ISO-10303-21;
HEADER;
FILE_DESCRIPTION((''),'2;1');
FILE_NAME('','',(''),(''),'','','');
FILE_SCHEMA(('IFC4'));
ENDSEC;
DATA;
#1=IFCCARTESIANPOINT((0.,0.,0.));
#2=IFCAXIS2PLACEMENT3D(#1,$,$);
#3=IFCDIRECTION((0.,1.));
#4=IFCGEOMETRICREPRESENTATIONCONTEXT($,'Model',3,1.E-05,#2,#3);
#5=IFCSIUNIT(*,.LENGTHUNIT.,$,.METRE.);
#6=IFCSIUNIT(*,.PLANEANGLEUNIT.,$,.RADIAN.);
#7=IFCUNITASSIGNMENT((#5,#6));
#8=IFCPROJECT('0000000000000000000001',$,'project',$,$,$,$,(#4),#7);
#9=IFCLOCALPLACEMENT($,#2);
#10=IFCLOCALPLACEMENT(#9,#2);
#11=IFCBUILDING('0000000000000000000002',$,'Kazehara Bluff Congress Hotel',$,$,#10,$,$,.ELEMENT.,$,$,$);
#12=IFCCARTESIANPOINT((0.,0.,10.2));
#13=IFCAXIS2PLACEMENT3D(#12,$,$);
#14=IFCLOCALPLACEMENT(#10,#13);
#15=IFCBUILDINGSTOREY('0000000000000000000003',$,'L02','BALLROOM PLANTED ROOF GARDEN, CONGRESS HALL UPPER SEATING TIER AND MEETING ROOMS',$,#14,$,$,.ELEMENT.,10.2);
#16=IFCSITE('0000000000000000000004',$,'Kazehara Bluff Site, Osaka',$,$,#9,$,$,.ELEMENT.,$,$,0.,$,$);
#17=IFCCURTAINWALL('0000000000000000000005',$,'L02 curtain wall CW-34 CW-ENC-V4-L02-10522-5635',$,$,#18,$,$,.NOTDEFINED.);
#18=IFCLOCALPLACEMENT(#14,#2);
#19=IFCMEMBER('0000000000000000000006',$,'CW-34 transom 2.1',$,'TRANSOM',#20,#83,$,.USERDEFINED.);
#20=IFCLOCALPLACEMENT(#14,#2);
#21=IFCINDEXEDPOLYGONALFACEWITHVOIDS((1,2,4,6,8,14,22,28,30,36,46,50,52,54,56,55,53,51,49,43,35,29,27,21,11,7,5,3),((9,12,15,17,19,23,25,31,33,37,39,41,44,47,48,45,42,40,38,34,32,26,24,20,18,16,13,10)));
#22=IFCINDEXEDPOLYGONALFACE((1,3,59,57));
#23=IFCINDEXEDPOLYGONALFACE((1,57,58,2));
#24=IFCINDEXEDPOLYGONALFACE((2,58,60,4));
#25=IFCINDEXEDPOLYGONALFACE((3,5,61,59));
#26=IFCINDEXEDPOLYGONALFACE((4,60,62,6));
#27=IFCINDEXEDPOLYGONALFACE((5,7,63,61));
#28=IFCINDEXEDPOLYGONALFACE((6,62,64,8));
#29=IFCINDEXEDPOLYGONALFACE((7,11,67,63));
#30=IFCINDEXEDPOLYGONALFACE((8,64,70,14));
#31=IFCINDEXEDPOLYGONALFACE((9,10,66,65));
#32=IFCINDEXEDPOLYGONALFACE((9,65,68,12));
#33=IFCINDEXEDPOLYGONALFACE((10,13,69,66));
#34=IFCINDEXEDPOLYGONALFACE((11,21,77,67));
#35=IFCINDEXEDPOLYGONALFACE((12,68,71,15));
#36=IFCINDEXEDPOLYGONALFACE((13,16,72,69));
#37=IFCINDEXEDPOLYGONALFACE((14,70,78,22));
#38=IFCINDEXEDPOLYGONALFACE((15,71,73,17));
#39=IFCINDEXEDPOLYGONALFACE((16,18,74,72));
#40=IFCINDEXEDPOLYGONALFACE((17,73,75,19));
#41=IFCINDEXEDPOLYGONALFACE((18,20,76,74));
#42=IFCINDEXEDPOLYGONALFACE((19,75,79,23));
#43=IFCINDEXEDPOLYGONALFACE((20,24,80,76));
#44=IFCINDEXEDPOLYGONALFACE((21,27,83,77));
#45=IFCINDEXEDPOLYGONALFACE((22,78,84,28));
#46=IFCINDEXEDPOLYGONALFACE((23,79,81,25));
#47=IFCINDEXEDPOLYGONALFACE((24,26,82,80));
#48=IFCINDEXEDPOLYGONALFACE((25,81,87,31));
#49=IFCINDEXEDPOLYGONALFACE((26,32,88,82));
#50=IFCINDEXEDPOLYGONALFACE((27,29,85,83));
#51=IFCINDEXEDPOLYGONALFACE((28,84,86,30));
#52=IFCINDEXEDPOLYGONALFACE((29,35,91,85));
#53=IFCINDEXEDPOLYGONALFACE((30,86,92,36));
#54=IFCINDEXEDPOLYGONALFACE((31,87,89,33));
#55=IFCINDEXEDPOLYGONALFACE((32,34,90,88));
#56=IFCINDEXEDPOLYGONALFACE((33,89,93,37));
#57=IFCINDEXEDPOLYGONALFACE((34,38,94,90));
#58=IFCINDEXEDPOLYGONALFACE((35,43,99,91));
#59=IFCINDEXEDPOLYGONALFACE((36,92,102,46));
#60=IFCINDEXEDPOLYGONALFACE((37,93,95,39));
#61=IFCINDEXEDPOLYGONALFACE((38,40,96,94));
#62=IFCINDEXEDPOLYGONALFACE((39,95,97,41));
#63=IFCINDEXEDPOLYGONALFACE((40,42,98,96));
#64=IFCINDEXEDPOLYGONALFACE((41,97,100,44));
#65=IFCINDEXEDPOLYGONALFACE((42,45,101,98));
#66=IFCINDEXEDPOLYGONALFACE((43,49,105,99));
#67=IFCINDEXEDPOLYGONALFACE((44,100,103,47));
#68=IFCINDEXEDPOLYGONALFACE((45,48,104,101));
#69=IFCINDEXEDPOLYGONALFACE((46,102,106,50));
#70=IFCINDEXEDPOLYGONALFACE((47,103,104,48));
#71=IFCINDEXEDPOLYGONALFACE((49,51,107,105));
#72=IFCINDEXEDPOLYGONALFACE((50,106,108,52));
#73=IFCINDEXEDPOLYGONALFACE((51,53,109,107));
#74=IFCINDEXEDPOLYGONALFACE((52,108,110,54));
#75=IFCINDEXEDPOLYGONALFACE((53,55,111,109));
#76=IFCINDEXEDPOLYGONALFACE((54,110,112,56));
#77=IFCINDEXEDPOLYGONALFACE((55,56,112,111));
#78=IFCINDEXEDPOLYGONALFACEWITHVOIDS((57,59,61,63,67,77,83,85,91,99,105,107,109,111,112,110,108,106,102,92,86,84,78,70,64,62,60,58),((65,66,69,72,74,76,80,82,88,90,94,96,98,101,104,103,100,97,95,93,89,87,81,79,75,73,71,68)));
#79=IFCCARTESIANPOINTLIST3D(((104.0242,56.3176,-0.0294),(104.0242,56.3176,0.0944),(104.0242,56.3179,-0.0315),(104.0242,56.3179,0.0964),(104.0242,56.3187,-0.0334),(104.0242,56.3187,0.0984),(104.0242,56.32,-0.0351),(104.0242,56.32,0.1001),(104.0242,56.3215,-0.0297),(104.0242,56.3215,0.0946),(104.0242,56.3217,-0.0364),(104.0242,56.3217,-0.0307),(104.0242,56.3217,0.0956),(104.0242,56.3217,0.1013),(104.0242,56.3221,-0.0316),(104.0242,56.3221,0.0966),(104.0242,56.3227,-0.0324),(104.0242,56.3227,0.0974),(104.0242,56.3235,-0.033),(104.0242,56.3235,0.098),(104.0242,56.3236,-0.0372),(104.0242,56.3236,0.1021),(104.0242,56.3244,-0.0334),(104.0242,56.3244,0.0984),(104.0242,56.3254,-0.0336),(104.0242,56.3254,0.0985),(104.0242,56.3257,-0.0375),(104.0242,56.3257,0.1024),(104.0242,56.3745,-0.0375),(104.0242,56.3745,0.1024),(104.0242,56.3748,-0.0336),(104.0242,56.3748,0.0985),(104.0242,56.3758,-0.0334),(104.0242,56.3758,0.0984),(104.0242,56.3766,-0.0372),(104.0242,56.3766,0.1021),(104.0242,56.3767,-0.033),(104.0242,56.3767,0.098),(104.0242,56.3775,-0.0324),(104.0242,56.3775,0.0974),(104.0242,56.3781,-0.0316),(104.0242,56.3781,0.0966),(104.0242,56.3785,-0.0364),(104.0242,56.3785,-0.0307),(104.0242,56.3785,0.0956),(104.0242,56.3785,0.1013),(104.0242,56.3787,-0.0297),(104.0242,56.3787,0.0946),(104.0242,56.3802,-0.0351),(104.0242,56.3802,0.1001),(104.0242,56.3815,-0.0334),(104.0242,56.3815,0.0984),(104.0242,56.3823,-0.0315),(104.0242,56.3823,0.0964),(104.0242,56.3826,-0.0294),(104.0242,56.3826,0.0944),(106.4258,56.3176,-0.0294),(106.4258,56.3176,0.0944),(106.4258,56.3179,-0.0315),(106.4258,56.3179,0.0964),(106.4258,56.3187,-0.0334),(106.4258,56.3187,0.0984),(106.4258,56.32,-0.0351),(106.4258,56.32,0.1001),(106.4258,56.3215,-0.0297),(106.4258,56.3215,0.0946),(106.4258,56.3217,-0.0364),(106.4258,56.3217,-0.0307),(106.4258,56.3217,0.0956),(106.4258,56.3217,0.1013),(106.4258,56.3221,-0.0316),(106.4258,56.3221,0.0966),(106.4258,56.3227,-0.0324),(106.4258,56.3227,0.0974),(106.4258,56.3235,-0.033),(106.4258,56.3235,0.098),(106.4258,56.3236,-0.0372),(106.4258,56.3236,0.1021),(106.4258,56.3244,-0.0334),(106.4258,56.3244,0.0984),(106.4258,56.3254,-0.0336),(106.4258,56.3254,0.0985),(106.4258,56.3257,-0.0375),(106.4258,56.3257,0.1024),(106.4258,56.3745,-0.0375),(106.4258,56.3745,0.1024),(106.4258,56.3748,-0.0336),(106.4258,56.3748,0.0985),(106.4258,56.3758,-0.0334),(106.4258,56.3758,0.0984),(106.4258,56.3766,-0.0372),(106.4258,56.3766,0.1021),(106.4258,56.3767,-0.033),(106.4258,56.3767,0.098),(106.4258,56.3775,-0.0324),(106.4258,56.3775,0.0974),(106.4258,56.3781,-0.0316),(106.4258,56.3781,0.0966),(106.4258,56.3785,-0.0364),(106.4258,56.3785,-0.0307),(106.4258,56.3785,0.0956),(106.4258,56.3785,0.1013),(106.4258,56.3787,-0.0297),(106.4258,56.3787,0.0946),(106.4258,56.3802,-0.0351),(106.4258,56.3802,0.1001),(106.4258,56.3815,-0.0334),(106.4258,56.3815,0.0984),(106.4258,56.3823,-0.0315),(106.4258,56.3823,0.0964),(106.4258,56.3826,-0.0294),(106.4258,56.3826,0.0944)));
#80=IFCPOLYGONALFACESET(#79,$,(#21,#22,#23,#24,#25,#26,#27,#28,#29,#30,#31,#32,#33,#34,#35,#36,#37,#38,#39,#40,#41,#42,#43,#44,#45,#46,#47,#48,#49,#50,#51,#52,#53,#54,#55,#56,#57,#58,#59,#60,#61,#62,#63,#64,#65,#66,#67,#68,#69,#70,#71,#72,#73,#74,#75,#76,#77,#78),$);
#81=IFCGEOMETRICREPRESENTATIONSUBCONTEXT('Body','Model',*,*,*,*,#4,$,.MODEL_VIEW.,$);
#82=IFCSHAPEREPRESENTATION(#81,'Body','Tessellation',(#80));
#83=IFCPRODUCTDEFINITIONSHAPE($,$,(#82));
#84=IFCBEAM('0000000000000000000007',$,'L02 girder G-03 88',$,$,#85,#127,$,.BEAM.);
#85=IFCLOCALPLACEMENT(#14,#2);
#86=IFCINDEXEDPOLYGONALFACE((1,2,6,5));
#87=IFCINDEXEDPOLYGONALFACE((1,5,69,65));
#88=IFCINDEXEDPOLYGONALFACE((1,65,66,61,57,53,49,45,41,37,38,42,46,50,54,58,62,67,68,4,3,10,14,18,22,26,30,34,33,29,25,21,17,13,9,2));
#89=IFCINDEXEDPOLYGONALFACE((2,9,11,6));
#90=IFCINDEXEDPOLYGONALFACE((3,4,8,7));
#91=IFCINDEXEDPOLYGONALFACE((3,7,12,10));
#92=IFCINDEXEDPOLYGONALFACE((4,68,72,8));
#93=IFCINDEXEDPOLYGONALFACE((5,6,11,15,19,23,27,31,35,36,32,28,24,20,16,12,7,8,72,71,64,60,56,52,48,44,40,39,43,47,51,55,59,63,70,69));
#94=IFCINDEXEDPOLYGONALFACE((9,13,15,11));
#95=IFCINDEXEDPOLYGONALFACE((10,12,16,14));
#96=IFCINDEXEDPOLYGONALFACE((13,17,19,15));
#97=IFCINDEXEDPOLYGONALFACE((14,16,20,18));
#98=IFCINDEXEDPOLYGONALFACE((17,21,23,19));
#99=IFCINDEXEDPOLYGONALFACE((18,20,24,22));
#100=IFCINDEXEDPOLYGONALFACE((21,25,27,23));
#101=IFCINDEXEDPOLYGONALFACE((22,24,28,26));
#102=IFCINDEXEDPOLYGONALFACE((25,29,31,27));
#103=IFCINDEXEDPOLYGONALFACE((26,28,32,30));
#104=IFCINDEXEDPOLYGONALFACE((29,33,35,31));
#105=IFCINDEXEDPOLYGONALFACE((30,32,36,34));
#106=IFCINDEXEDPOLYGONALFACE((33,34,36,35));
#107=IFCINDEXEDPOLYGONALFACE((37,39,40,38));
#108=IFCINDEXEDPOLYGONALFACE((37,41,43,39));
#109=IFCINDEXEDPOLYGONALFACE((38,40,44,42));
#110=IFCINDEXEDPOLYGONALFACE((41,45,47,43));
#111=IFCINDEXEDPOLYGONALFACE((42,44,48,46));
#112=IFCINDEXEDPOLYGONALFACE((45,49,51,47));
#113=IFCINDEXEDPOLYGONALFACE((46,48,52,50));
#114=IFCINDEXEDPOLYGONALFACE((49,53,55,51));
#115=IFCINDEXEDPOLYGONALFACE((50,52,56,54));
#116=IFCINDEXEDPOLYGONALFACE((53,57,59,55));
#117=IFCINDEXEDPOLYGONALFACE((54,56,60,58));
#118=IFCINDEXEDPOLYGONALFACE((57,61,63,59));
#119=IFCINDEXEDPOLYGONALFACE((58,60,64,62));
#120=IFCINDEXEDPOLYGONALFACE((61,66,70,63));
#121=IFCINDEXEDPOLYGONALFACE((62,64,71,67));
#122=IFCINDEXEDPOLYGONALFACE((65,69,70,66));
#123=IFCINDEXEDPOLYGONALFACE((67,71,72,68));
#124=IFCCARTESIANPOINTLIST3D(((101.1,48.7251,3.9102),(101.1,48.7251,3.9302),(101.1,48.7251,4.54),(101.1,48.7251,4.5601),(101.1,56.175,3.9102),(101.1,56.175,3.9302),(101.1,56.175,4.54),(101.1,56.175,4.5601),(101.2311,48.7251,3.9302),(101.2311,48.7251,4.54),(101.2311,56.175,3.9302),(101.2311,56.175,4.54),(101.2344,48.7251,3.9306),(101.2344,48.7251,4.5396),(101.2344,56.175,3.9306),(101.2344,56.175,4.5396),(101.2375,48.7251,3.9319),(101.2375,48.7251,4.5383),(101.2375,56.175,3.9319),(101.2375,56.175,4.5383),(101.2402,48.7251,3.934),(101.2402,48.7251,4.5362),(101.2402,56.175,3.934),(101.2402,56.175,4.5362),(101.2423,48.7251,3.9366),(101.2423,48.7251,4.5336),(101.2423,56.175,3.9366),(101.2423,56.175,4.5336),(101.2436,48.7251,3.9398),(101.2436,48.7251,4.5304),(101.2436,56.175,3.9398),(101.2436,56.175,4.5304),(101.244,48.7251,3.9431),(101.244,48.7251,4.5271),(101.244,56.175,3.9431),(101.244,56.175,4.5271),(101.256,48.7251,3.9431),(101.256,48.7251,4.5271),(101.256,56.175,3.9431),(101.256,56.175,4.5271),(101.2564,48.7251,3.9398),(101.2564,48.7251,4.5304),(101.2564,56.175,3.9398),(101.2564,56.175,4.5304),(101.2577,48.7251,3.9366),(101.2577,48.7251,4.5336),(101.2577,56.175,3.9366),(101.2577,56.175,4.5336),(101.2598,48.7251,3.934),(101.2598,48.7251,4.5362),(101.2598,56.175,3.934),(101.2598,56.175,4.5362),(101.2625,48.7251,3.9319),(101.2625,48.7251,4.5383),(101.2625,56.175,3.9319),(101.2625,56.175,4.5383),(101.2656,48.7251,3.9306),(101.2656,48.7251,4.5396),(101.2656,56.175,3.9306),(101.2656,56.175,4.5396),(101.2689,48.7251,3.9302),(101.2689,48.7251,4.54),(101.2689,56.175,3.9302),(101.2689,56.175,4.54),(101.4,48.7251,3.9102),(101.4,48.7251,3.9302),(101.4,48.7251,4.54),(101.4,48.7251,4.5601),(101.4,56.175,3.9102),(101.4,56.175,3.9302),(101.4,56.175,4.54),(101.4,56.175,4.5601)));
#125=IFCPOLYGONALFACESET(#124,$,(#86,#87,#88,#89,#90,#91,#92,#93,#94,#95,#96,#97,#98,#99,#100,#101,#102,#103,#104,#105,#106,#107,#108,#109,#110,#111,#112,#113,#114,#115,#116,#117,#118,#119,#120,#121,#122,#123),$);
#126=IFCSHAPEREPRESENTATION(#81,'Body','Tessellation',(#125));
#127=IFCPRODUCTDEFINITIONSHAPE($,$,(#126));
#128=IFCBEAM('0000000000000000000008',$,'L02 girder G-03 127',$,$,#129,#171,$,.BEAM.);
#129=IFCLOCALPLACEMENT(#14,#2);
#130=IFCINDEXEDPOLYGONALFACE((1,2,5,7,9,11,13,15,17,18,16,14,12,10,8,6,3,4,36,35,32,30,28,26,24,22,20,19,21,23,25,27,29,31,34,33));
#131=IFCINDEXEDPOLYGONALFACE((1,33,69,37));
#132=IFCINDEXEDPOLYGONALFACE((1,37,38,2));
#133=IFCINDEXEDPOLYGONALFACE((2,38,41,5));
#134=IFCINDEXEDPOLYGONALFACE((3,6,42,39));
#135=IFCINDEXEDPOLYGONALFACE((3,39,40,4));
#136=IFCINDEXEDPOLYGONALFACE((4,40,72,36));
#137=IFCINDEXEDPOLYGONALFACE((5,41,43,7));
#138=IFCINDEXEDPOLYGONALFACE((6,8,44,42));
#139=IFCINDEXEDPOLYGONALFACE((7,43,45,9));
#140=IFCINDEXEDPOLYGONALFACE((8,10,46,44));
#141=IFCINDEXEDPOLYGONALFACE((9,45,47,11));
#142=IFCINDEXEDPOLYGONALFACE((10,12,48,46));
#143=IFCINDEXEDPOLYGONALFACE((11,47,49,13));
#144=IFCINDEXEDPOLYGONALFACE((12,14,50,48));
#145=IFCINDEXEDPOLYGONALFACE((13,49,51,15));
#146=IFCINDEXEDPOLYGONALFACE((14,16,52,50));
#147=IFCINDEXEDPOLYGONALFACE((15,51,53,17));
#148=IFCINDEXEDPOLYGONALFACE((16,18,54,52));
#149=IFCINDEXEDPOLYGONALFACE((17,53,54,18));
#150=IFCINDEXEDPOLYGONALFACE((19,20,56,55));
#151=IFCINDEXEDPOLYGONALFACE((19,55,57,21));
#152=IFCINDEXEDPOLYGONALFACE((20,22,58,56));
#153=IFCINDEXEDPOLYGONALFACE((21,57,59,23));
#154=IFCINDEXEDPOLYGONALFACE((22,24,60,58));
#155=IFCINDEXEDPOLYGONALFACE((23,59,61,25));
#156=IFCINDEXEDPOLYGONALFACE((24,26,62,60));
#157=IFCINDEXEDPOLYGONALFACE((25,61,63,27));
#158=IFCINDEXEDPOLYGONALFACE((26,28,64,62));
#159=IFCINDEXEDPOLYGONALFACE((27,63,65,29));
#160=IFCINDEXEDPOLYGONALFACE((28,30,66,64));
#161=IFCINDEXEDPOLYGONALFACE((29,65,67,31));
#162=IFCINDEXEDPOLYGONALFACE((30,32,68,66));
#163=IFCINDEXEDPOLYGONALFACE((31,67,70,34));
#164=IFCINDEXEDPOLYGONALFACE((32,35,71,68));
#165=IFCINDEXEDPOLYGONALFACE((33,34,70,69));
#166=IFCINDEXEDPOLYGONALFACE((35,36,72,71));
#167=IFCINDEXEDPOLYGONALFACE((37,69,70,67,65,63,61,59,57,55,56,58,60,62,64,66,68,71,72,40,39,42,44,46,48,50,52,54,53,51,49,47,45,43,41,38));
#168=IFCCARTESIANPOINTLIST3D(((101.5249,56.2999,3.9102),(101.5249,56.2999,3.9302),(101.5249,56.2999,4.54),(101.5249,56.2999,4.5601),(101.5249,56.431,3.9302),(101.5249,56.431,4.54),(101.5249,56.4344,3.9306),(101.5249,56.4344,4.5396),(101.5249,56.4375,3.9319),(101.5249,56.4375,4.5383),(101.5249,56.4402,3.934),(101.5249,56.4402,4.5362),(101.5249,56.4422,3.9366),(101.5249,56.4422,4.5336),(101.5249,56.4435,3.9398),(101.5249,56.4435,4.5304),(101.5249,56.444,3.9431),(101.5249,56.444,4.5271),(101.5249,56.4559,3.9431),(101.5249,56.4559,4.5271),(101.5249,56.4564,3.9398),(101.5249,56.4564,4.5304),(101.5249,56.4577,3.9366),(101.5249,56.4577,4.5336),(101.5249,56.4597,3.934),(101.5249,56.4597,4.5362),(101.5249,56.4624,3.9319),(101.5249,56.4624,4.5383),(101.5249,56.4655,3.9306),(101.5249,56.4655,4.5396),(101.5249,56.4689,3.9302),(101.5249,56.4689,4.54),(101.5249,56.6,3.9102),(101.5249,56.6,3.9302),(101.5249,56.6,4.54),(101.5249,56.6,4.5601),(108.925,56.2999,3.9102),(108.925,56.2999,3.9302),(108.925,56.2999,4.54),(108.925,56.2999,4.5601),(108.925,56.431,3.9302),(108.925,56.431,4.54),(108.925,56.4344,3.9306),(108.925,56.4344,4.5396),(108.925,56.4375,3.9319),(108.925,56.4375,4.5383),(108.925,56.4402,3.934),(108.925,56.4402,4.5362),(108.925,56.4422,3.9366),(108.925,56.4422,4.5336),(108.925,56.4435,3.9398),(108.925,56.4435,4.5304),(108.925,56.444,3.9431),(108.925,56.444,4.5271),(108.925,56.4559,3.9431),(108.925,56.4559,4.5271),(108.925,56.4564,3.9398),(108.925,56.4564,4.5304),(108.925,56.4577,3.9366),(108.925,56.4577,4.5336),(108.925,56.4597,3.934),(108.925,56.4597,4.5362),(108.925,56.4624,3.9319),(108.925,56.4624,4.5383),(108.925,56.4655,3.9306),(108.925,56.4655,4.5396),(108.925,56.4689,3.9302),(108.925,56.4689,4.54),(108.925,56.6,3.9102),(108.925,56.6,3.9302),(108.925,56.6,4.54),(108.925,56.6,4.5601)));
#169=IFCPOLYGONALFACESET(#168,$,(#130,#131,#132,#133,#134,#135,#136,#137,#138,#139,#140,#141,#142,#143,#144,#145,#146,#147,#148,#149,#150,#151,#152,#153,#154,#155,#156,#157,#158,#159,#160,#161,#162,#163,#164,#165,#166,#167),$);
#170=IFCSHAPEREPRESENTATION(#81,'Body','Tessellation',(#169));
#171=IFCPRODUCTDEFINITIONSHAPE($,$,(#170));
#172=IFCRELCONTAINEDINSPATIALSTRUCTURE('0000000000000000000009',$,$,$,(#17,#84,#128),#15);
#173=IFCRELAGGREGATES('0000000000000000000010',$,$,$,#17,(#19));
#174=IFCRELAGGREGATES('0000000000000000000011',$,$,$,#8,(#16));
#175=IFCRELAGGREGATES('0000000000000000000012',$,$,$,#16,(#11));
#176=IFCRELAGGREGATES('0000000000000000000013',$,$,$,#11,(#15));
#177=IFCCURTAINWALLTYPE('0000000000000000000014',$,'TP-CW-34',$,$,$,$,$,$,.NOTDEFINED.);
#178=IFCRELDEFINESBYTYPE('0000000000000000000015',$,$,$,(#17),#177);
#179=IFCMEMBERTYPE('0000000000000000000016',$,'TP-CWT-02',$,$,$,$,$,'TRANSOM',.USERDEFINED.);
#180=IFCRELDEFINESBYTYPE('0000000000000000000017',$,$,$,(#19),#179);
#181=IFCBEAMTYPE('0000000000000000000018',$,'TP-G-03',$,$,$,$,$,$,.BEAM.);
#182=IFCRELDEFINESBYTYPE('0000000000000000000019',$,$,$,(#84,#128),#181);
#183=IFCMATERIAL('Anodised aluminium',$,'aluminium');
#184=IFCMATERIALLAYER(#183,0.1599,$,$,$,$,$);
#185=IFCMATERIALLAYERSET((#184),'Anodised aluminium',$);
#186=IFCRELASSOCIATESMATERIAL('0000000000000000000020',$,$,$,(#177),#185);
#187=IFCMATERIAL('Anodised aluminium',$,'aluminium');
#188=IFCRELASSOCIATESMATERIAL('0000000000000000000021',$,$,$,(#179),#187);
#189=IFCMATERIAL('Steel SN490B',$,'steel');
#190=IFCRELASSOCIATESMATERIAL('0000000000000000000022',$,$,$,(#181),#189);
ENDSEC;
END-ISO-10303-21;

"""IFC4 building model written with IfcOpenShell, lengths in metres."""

from ifc_helpers import new_model, si_unit, direction, frame, origin, origin_2d, place, context, subcontext, project, spatial, hollow_rectangle, i_section, extrude, material, layer, layer_set, material_profile, profile_set, type_object, element, aggregate, save


model = new_model("IFC4")

# Units and contexts
model_context = context("Model", 3, precision=1e-05, world=origin(), true_north=direction((0.0, 1.0)))
body_context = subcontext(model_context, "Body", "Model", "MODEL_VIEW")
ifc_project = project(units=[si_unit("LENGTHUNIT", "METRE"), si_unit("PLANEANGLEUNIT", "RADIAN")], contexts=[model_context])

# Site, building, storey
site_placement = place(None, origin())
site = spatial("IfcSite", under=ifc_project, at=site_placement, Name="Kazehara Bluff Site, Osaka", CompositionType="ELEMENT", RefElevation=0.0)
building_placement = place(site_placement, origin())
building = spatial("IfcBuilding", under=site, at=building_placement, Name="Kazehara Bluff Congress Hotel", CompositionType="ELEMENT")
storey_placement = place(building_placement, frame((0.0, 0.0, 10.2)))
storey = spatial("IfcBuildingStorey", under=building, at=storey_placement, Name="L02", Description="BALLROOM PLANTED ROOF GARDEN, CONGRESS HALL UPPER SEATING TIER AND MEETING ROOMS", CompositionType="ELEMENT", Elevation=10.2)

# Curtain wall
ifc_material_1 = material(Name="Anodised aluminium", Category="aluminium")
ifc_layer_1 = layer(ifc_material_1, 0.1599)
ifc_layer_set_1 = layer_set([ifc_layer_1], Name="Anodised aluminium")
curtain_wall_type_1 = type_object("IfcCurtainWallType", Name="TP-CW-34", PredefinedType="NOTDEFINED", material=ifc_layer_set_1)
curtain_wall_1_placement = place(storey_placement, origin())
curtain_wall_1 = element("IfcCurtainWall", 1, at=curtain_wall_1_placement, inside=storey, type_object=curtain_wall_type_1, Name="L02 curtain wall CW-34 CW-ENC-V4-L02-10522-5635", PredefinedType="NOTDEFINED")

# Member
ifc_material_2 = material(Name="Anodised aluminium", Category="aluminium")
ifc_material_profile_1 = material_profile(ifc_material_2, hollow_rectangle(XDim=0.0649, YDim=0.1399, WallThickness=0.0039, InnerFilletRadius=0.0039, OuterFilletRadius=0.0081, at=origin_2d()))
ifc_profile_set_1 = profile_set([ifc_material_profile_1], Name="Anodised aluminium")
member_type_1 = type_object("IfcMemberType", Name="TP-CWT-02", ElementType="TRANSOM", PredefinedType="USERDEFINED", material=ifc_profile_set_1)
member_1_placement = place(storey_placement, frame((104.0242, 56.3501, 0.0325), z_axis=(1.0, 0.0, 0.0), x_axis=(0.0, 1.0, 0.0)))
member_1 = element("IfcMember", 2, at=member_1_placement, type_object=member_type_1, Name="CW-34 transom 2.1", ObjectType="TRANSOM", PredefinedType="USERDEFINED", context=body_context, shape_type="SweptSolid", body=[
    extrude(hollow_rectangle(XDim=0.0649, YDim=0.1399, WallThickness=0.0039, InnerFilletRadius=0.0039, OuterFilletRadius=0.0081, at=origin_2d()), origin(), (0.0, 0.0, 1.0), 2.4016),
])

# Beams
ifc_material_3 = material(Name="Steel SN490B", Category="steel")
ifc_material_profile_2 = material_profile(ifc_material_3, i_section(OverallWidth=0.3, OverallDepth=0.6499, WebThickness=0.012, FlangeThickness=0.02, FilletRadius=0.0129, at=origin_2d()))
ifc_profile_set_2 = profile_set([ifc_material_profile_2], Name="Steel SN490B")
beam_type_1 = type_object("IfcBeamType", Name="TP-G-03", PredefinedType="BEAM", material=ifc_profile_set_2)
beam_1_placement = place(storey_placement, frame((101.25, 48.7251, 4.2351), z_axis=(0.0, 1.0, 0.0), x_axis=(-1.0, 0.0, 0.0)))
element("IfcBeam", 3, at=beam_1_placement, inside=storey, type_object=beam_type_1, Name="L02 girder G-03 88", PredefinedType="BEAM", context=body_context, shape_type="SweptSolid", body=[
    extrude(i_section(OverallWidth=0.3, OverallDepth=0.6499, WebThickness=0.012, FlangeThickness=0.02, FilletRadius=0.0129, at=origin_2d()), origin(), (0.0, 0.0, 1.0), 7.45),
])
beam_2_placement = place(storey_placement, frame((101.5249, 56.45, 4.2351), z_axis=(1.0, 0.0, 0.0), x_axis=(0.0, 1.0, 0.0)))
element("IfcBeam", 4, at=beam_2_placement, inside=storey, type_object=beam_type_1, Name="L02 girder G-03 127", PredefinedType="BEAM", context=body_context, shape_type="SweptSolid", body=[
    extrude(i_section(OverallWidth=0.3, OverallDepth=0.6499, WebThickness=0.012, FlangeThickness=0.02, FilletRadius=0.0129, at=origin_2d()), origin(), (0.0, 0.0, 1.0), 7.4001),
])

aggregate(curtain_wall_1, [member_1])

save(model, "model.ifc")
